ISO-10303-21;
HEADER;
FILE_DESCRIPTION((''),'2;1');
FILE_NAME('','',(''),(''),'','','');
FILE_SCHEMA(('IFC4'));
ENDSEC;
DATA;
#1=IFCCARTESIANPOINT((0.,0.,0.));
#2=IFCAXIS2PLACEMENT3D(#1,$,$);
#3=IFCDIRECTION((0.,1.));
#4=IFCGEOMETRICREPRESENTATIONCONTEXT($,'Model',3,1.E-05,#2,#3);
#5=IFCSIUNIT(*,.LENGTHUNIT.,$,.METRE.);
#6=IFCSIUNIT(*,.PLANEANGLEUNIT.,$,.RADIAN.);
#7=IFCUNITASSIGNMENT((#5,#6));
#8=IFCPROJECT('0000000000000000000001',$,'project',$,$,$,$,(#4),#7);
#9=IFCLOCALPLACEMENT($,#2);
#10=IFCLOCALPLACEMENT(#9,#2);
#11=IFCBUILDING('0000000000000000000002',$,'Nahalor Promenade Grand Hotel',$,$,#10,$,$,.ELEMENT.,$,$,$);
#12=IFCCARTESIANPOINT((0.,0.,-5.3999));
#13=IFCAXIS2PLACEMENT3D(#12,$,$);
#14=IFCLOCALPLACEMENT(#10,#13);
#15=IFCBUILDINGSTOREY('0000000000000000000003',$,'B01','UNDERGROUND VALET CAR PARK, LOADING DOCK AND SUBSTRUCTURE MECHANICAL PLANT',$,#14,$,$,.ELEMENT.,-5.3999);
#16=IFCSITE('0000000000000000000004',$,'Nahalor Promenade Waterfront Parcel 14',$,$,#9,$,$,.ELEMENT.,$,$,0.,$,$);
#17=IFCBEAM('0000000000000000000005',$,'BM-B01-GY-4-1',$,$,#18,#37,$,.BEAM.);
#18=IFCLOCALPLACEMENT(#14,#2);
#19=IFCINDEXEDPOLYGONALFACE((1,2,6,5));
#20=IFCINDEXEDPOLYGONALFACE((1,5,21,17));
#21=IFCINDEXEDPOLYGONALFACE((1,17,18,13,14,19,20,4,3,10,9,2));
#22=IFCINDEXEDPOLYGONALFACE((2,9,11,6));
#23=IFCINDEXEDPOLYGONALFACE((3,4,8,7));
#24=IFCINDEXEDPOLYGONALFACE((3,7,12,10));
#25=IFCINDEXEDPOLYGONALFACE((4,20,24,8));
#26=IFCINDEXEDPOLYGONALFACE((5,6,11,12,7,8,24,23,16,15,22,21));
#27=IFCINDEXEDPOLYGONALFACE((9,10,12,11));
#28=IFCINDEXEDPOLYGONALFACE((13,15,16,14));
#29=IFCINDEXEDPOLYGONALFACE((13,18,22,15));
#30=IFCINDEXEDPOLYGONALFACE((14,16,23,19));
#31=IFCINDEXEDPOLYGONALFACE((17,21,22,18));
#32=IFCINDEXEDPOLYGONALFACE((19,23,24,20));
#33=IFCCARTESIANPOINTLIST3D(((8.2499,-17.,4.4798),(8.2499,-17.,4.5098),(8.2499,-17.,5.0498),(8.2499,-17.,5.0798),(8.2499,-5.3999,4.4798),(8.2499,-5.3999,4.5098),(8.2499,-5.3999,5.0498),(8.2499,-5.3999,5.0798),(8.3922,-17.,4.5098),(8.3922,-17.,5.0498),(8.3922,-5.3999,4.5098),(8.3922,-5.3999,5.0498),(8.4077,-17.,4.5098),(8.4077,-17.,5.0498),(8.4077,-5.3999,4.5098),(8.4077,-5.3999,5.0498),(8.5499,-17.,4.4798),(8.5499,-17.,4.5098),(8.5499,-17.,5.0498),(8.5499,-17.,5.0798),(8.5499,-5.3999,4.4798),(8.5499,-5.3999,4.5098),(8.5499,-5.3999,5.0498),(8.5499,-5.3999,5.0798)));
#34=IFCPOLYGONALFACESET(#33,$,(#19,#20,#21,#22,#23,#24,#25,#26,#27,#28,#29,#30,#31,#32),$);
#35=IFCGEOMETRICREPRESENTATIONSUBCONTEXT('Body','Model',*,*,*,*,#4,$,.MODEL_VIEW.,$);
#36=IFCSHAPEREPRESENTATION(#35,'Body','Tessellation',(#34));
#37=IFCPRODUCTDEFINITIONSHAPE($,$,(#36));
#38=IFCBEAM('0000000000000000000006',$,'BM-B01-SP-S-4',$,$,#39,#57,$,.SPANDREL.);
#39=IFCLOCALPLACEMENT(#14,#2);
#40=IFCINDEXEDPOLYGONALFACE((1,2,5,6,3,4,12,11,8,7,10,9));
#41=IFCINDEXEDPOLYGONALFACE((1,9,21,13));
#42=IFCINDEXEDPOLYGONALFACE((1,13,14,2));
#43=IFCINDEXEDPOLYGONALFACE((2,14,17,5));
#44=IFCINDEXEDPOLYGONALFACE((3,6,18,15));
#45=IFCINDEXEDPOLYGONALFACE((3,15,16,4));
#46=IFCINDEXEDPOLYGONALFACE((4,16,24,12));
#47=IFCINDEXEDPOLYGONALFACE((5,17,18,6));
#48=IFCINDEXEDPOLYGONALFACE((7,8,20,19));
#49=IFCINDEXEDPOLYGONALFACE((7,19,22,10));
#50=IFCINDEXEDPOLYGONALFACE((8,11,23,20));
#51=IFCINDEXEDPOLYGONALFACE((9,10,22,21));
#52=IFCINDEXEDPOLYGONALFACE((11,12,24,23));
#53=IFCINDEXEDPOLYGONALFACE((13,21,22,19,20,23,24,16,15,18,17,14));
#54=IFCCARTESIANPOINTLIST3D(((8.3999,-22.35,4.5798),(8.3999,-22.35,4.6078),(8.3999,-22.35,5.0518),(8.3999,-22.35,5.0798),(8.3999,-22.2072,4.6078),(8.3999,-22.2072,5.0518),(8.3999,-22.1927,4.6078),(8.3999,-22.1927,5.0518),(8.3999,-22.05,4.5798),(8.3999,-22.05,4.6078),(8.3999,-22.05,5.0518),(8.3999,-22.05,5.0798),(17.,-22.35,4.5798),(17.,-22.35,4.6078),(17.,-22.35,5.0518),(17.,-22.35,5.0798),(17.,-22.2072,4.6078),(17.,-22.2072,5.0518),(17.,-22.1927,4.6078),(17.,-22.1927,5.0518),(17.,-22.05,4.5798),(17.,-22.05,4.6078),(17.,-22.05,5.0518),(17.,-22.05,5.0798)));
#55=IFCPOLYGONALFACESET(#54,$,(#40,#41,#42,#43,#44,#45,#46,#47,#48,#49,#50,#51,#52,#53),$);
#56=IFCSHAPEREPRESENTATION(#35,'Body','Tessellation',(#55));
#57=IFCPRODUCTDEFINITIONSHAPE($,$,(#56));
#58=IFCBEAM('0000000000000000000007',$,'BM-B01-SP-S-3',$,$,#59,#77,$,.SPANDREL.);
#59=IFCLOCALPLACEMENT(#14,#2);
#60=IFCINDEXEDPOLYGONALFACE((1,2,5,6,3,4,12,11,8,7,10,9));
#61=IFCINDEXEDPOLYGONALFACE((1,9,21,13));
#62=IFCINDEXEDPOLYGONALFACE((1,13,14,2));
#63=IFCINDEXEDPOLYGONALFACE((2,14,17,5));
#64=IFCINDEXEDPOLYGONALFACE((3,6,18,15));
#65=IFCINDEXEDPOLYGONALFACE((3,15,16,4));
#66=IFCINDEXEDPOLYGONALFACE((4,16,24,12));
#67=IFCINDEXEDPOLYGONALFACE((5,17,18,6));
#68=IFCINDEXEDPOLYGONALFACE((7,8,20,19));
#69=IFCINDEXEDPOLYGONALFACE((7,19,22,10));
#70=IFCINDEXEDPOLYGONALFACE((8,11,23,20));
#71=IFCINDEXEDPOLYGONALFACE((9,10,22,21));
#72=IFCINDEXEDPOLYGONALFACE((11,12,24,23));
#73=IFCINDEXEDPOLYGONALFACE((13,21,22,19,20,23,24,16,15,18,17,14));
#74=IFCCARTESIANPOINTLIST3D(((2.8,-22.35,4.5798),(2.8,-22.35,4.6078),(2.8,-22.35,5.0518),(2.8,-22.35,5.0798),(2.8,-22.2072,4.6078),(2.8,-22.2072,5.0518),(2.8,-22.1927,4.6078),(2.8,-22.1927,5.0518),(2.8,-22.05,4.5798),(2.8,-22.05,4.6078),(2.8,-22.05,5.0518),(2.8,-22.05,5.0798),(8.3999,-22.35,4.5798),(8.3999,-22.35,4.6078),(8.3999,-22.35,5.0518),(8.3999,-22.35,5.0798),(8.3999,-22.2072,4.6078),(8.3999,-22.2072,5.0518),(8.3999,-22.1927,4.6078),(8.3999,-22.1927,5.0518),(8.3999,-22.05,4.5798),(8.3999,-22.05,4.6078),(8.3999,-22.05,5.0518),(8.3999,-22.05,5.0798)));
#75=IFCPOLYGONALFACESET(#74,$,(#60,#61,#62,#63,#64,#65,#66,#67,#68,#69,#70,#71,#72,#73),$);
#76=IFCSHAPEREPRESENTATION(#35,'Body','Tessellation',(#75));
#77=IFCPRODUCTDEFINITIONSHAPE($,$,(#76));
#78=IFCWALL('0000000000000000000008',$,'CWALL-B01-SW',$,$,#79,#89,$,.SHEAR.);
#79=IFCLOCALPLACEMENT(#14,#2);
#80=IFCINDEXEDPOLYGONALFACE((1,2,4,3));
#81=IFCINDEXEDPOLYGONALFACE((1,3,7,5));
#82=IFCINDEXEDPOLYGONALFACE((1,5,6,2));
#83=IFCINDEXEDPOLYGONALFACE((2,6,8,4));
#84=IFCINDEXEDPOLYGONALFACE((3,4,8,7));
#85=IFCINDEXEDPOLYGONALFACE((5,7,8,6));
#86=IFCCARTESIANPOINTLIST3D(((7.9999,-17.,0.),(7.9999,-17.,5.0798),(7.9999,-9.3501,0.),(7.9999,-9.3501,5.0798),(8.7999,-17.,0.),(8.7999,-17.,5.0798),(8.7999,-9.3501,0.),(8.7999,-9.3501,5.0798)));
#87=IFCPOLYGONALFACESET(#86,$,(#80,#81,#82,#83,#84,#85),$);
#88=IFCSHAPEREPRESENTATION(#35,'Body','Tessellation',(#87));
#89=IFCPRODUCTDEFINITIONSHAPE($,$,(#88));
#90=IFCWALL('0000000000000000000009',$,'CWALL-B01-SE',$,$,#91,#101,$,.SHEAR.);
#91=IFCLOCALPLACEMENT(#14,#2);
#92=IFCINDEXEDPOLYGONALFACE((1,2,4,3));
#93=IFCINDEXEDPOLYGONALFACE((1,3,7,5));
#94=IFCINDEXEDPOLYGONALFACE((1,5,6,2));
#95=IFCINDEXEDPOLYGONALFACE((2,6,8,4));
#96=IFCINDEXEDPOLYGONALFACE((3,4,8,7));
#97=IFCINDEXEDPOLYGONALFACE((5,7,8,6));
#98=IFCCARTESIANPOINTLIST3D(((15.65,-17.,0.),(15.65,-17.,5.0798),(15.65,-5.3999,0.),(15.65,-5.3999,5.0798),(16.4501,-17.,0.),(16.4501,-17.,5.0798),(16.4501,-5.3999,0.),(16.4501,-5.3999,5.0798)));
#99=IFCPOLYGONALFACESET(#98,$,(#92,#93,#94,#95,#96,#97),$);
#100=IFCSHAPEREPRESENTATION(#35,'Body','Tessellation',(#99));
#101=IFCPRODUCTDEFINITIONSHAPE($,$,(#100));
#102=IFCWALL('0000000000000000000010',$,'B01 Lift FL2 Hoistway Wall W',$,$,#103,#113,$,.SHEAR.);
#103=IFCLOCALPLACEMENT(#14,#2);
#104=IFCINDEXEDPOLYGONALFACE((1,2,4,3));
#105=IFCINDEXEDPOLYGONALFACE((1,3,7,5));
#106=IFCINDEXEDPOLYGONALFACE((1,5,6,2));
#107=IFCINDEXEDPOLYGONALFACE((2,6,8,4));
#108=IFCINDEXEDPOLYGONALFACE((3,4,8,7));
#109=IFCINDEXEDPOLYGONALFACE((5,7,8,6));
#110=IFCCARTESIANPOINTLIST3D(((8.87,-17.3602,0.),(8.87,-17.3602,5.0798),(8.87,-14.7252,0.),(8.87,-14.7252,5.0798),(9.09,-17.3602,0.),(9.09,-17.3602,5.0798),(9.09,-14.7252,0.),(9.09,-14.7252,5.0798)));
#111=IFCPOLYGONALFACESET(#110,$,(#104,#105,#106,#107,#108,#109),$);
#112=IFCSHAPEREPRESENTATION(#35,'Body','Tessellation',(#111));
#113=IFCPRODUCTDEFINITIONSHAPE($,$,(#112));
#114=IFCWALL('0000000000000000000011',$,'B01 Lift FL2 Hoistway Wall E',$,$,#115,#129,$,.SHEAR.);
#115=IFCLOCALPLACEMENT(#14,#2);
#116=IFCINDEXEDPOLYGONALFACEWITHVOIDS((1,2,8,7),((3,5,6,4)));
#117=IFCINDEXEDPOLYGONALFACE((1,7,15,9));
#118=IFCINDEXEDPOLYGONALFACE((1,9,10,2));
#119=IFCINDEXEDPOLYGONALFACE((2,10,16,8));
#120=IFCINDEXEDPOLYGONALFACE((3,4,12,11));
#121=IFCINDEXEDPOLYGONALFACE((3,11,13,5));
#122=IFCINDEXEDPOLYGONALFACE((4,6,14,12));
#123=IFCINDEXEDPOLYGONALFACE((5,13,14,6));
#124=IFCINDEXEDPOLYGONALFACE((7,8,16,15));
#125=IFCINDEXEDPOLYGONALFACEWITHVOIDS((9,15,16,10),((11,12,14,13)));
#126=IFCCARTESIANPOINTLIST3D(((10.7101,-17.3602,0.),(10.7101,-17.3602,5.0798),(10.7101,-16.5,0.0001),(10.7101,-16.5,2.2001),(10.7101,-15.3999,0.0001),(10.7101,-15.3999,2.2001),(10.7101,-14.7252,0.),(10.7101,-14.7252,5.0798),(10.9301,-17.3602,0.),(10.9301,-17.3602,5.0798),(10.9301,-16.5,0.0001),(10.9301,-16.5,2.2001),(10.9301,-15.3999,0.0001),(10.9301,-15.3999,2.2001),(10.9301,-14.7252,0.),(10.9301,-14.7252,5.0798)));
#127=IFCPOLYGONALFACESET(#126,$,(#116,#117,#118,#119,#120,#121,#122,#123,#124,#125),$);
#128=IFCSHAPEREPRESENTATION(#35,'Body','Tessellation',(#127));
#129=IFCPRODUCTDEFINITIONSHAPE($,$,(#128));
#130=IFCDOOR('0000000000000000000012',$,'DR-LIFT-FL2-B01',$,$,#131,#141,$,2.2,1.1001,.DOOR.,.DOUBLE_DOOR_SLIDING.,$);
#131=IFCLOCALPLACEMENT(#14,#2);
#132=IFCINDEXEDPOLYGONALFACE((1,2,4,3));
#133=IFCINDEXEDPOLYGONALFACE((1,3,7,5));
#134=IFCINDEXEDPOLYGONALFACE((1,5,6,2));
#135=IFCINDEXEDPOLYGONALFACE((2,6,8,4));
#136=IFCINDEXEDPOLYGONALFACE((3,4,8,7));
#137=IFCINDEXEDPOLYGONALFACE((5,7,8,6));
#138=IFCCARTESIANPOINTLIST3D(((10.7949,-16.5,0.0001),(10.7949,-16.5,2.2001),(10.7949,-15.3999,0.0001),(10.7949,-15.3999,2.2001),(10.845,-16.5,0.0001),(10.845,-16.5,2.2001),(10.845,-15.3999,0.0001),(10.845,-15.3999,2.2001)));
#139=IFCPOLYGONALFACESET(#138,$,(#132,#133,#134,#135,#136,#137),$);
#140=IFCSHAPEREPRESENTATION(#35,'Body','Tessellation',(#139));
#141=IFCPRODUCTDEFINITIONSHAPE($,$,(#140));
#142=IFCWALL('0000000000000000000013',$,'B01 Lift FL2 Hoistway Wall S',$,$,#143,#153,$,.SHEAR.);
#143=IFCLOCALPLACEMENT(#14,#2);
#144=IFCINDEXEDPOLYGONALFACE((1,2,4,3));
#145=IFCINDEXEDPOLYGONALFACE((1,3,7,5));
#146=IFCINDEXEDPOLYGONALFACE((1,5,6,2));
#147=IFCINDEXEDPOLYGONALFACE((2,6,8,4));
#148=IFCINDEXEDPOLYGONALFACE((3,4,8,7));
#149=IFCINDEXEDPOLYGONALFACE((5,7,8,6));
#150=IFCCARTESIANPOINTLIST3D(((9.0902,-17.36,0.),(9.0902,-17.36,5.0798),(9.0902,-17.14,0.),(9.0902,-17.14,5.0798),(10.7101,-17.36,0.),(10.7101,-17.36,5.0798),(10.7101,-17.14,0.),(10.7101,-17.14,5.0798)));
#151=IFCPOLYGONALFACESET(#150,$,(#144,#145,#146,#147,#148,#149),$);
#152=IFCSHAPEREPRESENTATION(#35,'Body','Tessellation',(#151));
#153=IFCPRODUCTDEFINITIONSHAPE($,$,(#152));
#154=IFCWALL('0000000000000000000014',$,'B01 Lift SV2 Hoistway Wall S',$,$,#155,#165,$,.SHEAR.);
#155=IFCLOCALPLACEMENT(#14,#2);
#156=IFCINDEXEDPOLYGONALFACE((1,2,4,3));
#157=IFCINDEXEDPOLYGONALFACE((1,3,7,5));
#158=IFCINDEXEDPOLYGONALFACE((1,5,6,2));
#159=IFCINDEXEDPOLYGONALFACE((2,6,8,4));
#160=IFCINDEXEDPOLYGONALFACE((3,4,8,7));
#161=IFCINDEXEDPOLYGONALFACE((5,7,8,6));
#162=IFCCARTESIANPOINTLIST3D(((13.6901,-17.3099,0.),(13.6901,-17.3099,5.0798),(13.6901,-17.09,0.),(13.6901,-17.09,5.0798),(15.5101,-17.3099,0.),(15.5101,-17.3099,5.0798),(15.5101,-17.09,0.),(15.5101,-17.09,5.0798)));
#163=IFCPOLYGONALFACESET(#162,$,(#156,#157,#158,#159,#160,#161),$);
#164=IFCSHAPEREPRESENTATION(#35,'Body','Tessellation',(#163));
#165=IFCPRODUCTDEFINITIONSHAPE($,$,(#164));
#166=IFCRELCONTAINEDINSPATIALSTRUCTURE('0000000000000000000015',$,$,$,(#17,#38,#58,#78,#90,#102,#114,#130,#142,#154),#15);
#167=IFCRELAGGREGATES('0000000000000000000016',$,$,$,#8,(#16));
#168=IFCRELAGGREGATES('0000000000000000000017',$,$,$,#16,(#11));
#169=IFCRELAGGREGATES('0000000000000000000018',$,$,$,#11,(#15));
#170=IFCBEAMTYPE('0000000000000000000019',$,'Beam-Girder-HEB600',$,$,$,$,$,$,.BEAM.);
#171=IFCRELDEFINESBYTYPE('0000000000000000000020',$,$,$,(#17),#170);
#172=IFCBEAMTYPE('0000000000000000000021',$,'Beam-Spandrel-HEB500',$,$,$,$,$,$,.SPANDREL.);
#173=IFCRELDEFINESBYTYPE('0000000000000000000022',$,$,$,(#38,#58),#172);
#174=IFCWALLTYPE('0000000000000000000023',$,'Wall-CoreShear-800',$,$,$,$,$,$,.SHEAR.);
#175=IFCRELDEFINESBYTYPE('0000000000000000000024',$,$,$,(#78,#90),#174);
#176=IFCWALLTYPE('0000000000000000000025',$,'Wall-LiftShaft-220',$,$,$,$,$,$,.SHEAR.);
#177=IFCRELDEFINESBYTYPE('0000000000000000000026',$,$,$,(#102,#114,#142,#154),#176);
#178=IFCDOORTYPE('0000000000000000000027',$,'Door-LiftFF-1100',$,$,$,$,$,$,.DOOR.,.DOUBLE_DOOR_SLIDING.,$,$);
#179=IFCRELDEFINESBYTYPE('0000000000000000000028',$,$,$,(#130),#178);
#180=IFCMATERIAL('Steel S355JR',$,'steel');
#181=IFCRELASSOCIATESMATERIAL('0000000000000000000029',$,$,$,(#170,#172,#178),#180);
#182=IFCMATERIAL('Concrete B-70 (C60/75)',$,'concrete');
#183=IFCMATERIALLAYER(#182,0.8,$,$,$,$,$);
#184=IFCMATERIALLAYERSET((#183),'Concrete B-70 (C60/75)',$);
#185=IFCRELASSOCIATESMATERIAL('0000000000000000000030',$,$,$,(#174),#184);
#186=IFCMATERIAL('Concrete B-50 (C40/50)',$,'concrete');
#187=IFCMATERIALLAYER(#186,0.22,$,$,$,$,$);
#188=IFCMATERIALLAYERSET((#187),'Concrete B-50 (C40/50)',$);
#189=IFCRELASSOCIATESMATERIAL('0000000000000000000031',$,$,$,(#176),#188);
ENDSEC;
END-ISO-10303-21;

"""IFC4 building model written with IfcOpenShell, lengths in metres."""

from ifc_helpers import new_model, si_unit, direction, frame, frame_2d, origin, origin_2d, place, context, subcontext, project, spatial, rectangle, i_section, extrude, source, transform, mapped, material, layer, layer_set, material_profile, profile_set, type_object, element, fill, save


model = new_model("IFC4")

# Units and contexts
model_context = context("Model", 3, precision=1e-05, world=origin(), true_north=direction((0.0, 1.0)))
body_context = subcontext(model_context, "Body", "Model", "MODEL_VIEW")
ifc_project = project(units=[si_unit("LENGTHUNIT", "METRE"), si_unit("PLANEANGLEUNIT", "RADIAN")], contexts=[model_context])

# Site, building, storey
site_placement = place(None, origin())
site = spatial("IfcSite", under=ifc_project, at=site_placement, Name="Nahalor Promenade Waterfront Parcel 14", CompositionType="ELEMENT", RefElevation=0.0)
building_placement = place(site_placement, origin())
building = spatial("IfcBuilding", under=site, at=building_placement, Name="Nahalor Promenade Grand Hotel", CompositionType="ELEMENT")
storey_placement = place(building_placement, frame((0.0, 0.0, -5.3999)))
storey = spatial("IfcBuildingStorey", under=building, at=storey_placement, Name="B01", Description="UNDERGROUND VALET CAR PARK, LOADING DOCK AND SUBSTRUCTURE MECHANICAL PLANT", CompositionType="ELEMENT", Elevation=-5.3999)

# Shared definitions
ifc_material_1 = material(Name="Concrete B-70 (C60/75)", Category="concrete")

# Beams
ifc_material_2 = material(Name="Steel S355JR", Category="steel")
ifc_material_profile_1 = material_profile(ifc_material_2, i_section(OverallWidth=0.3, OverallDepth=0.6, WebThickness=0.0155, FlangeThickness=0.03, at=origin_2d()), Name="HEB 600")
ifc_profile_set_1 = profile_set([ifc_material_profile_1], Name="Steel S355JR")
beam_type_1 = type_object("IfcBeamType", Name="Beam-Girder-HEB600", PredefinedType="BEAM", material=ifc_profile_set_1)
shared_shape_1 = source(origin(), body_context, "Body", "SweptSolid", [
    extrude(i_section(OverallWidth=0.3, OverallDepth=0.6, WebThickness=0.0155, FlangeThickness=0.03, at=origin_2d()), origin(), (0.0, 0.0, 1.0), 11.6001),
])
for number, where, z_axis, x_axis, name in (
    (1, (8.3999, -17.0, 4.7798), (0.0, 1.0, 0.0), (-1.0, 0.0, 0.0), "BM-B01-GY-4-1"),
):
    element("IfcBeam", number, at=place(storey_placement, frame(where, z_axis=z_axis, x_axis=x_axis)), inside=storey, type_object=beam_type_1, Name=name, PredefinedType="BEAM", context=body_context, shape_type="MappedRepresentation", body=[
        mapped(shared_shape_1, transform((0.0, 0.0, 0.0), scale=1.0)),
    ])
ifc_material_profile_2 = material_profile(ifc_material_2, i_section(OverallWidth=0.3, OverallDepth=0.5, WebThickness=0.0145, FlangeThickness=0.028, at=origin_2d()), Name="HEB 500")
ifc_profile_set_2 = profile_set([ifc_material_profile_2], Name="Steel S355JR")
beam_type_2 = type_object("IfcBeamType", Name="Beam-Spandrel-HEB500", PredefinedType="SPANDREL", material=ifc_profile_set_2)
shared_shape_2 = source(origin(), body_context, "Body", "SweptSolid", [
    extrude(i_section(OverallWidth=0.3, OverallDepth=0.5, WebThickness=0.0145, FlangeThickness=0.028, at=origin_2d()), origin(), (0.0, 0.0, 1.0), 8.6001),
])
beam_1_placement = place(storey_placement, frame((8.3999, -22.2, 4.8298), z_axis=(1.0, 0.0, 0.0), x_axis=(0.0, 1.0, 0.0)))
element("IfcBeam", 2, at=beam_1_placement, inside=storey, type_object=beam_type_2, Name="BM-B01-SP-S-4", PredefinedType="SPANDREL", context=body_context, shape_type="MappedRepresentation", body=[
    mapped(shared_shape_2, transform((0.0, 0.0, 0.0), scale=1.0)),
])
shared_shape_3 = source(origin(), body_context, "Body", "SweptSolid", [
    extrude(i_section(OverallWidth=0.3, OverallDepth=0.5, WebThickness=0.0145, FlangeThickness=0.028, at=origin_2d()), origin(), (0.0, 0.0, 1.0), 5.5999),
])
beam_2_placement = place(storey_placement, frame((2.8, -22.2, 4.8298), z_axis=(1.0, 0.0, 0.0), x_axis=(0.0, 1.0, 0.0)))
element("IfcBeam", 3, at=beam_2_placement, inside=storey, type_object=beam_type_2, Name="BM-B01-SP-S-3", PredefinedType="SPANDREL", context=body_context, shape_type="MappedRepresentation", body=[
    mapped(shared_shape_3, transform((0.0, 0.0, 0.0), scale=1.0)),
])

# Walls
ifc_layer_1 = layer(ifc_material_1, 0.8)
ifc_layer_set_1 = layer_set([ifc_layer_1], Name="Concrete B-70 (C60/75)")
wall_type_1 = type_object("IfcWallType", Name="Wall-CoreShear-800", PredefinedType="SHEAR", material=ifc_layer_set_1)
shared_shape_4 = source(origin(), body_context, "Body", "SweptSolid", [
    extrude(rectangle(XDim=7.6499, YDim=0.8, at=frame_2d((3.825, 0.0))), origin(), (0.0, 0.0, 1.0), 5.0798),
])
wall_1_placement = place(storey_placement, frame((8.3999, -17.0, 0.0), z_axis=(0.0, 0.0, 1.0), x_axis=(0.0, 1.0, 0.0)))
element("IfcWall", 4, at=wall_1_placement, inside=storey, type_object=wall_type_1, Name="CWALL-B01-SW", PredefinedType="SHEAR", context=body_context, shape_type="MappedRepresentation", body=[
    mapped(shared_shape_4, transform((0.0, 0.0, 0.0), scale=1.0)),
])
shared_shape_5 = source(origin(), body_context, "Body", "SweptSolid", [
    extrude(rectangle(XDim=11.6001, YDim=0.8, at=frame_2d((5.8, 0.0))), origin(), (0.0, 0.0, 1.0), 5.0798),
])
wall_2_placement = place(storey_placement, frame((16.05, -17.0, 0.0), z_axis=(0.0, 0.0, 1.0), x_axis=(0.0, 1.0, 0.0)))
element("IfcWall", 5, at=wall_2_placement, inside=storey, type_object=wall_type_1, Name="CWALL-B01-SE", PredefinedType="SHEAR", context=body_context, shape_type="MappedRepresentation", body=[
    mapped(shared_shape_5, transform((0.0, 0.0, 0.0), scale=1.0)),
])
ifc_material_3 = material(Name="Concrete B-50 (C40/50)", Category="concrete")
ifc_layer_2 = layer(ifc_material_3, 0.22)
ifc_layer_set_2 = layer_set([ifc_layer_2], Name="Concrete B-50 (C40/50)")
wall_type_2 = type_object("IfcWallType", Name="Wall-LiftShaft-220", PredefinedType="SHEAR", material=ifc_layer_set_2)
shared_shape_6 = source(origin(), body_context, "Body", "SweptSolid", [
    extrude(rectangle(XDim=2.635, YDim=0.22, at=frame_2d((1.3174, 0.0))), origin(), (0.0, 0.0, 1.0), 5.0798),
])
wall_3_placement = place(storey_placement, frame((8.98, -17.3601, 0.0), z_axis=(0.0, 0.0, 1.0), x_axis=(0.0, 1.0, 0.0)))
element("IfcWall", 6, at=wall_3_placement, inside=storey, type_object=wall_type_2, Name="B01 Lift FL2 Hoistway Wall W", PredefinedType="SHEAR", context=body_context, shape_type="MappedRepresentation", body=[
    mapped(shared_shape_6, transform((0.0, 0.0, 0.0), scale=1.0)),
])

# Wall, opening, door
wall_4_placement = place(storey_placement, frame((10.8201, -17.3601, 0.0), z_axis=(0.0, 0.0, 1.0), x_axis=(0.0, 1.0, 0.0)))
wall_4 = element("IfcWall", 7, at=wall_4_placement, inside=storey, type_object=wall_type_2, Name="B01 Lift FL2 Hoistway Wall E", PredefinedType="SHEAR", context=body_context, shape_type="MappedRepresentation", body=[
    mapped(shared_shape_6, transform((0.0, 0.0, 0.0), scale=1.0)),
])
opening_1_placement = place(wall_4_placement, frame((0.8601, 0.0, 0.0)))
opening_1 = element("IfcOpeningElement", 8, at=opening_1_placement, cuts=wall_4, PredefinedType="OPENING", context=body_context, shape_type="SweptSolid", body=[
    extrude(rectangle(XDim=1.1001, YDim=2.2, at=frame_2d((0.55, 1.1001))), frame((0.0, 0.1199, 0.0), z_axis=(0.0, -1.0, 0.0), x_axis=(1.0, 0.0, 0.0)), (0.0, 0.0, 1.0), 0.24),
])
door_type_1 = type_object("IfcDoorType", Name="Door-LiftFF-1100", OperationType="DOUBLE_DOOR_SLIDING", PredefinedType="DOOR", material=ifc_material_2)
shared_shape_7 = source(origin(), body_context, "Body", "SweptSolid", [
    extrude(rectangle(XDim=1.1001, YDim=2.2, at=frame_2d((0.55, 1.1001))), frame((0.0, 0.0249, 0.0), z_axis=(0.0, -1.0, 0.0), x_axis=(1.0, 0.0, 0.0)), (0.0, 0.0, 1.0), 0.05),
])
door_1_placement = place(opening_1_placement, frame((1.1001, 0.0, 0.0), z_axis=(0.0, 0.0, 1.0), x_axis=(-1.0, 0.0, 0.0)))
door_1 = element("IfcDoor", 9, at=door_1_placement, inside=storey, type_object=door_type_1, Name="DR-LIFT-FL2-B01", OperationType="DOUBLE_DOOR_SLIDING", OverallHeight=2.2, OverallWidth=1.1001, PredefinedType="DOOR", context=body_context, shape_type="MappedRepresentation", body=[
    mapped(shared_shape_7, transform((0.0, 0.0, 0.0), scale=1.0)),
])
fill(opening_1, door_1)

# Walls
shared_shape_8 = source(origin(), body_context, "Body", "SweptSolid", [
    extrude(rectangle(XDim=1.6199, YDim=0.22, at=frame_2d((0.8101, 0.0))), origin(), (0.0, 0.0, 1.0), 5.0798),
])
wall_5_placement = place(storey_placement, frame((9.0901, -17.25, 0.0), z_axis=(0.0, 0.0, 1.0), x_axis=(1.0, 0.0, 0.0)))
element("IfcWall", 10, at=wall_5_placement, inside=storey, type_object=wall_type_2, Name="B01 Lift FL2 Hoistway Wall S", PredefinedType="SHEAR", context=body_context, shape_type="MappedRepresentation", body=[
    mapped(shared_shape_8, transform((0.0, 0.0, 0.0), scale=1.0)),
])
shared_shape_9 = source(origin(), body_context, "Body", "SweptSolid", [
    extrude(rectangle(XDim=1.8201, YDim=0.22, at=frame_2d((0.9102, 0.0))), origin(), (0.0, 0.0, 1.0), 5.0798),
])
wall_6_placement = place(storey_placement, frame((13.6899, -17.2, 0.0), z_axis=(0.0, 0.0, 1.0), x_axis=(1.0, 0.0, 0.0)))
element("IfcWall", 11, at=wall_6_placement, inside=storey, type_object=wall_type_2, Name="B01 Lift SV2 Hoistway Wall S", PredefinedType="SHEAR", context=body_context, shape_type="MappedRepresentation", body=[
    mapped(shared_shape_9, transform((0.0, 0.0, 0.0), scale=1.0)),
])

save(model, "model.ifc")
